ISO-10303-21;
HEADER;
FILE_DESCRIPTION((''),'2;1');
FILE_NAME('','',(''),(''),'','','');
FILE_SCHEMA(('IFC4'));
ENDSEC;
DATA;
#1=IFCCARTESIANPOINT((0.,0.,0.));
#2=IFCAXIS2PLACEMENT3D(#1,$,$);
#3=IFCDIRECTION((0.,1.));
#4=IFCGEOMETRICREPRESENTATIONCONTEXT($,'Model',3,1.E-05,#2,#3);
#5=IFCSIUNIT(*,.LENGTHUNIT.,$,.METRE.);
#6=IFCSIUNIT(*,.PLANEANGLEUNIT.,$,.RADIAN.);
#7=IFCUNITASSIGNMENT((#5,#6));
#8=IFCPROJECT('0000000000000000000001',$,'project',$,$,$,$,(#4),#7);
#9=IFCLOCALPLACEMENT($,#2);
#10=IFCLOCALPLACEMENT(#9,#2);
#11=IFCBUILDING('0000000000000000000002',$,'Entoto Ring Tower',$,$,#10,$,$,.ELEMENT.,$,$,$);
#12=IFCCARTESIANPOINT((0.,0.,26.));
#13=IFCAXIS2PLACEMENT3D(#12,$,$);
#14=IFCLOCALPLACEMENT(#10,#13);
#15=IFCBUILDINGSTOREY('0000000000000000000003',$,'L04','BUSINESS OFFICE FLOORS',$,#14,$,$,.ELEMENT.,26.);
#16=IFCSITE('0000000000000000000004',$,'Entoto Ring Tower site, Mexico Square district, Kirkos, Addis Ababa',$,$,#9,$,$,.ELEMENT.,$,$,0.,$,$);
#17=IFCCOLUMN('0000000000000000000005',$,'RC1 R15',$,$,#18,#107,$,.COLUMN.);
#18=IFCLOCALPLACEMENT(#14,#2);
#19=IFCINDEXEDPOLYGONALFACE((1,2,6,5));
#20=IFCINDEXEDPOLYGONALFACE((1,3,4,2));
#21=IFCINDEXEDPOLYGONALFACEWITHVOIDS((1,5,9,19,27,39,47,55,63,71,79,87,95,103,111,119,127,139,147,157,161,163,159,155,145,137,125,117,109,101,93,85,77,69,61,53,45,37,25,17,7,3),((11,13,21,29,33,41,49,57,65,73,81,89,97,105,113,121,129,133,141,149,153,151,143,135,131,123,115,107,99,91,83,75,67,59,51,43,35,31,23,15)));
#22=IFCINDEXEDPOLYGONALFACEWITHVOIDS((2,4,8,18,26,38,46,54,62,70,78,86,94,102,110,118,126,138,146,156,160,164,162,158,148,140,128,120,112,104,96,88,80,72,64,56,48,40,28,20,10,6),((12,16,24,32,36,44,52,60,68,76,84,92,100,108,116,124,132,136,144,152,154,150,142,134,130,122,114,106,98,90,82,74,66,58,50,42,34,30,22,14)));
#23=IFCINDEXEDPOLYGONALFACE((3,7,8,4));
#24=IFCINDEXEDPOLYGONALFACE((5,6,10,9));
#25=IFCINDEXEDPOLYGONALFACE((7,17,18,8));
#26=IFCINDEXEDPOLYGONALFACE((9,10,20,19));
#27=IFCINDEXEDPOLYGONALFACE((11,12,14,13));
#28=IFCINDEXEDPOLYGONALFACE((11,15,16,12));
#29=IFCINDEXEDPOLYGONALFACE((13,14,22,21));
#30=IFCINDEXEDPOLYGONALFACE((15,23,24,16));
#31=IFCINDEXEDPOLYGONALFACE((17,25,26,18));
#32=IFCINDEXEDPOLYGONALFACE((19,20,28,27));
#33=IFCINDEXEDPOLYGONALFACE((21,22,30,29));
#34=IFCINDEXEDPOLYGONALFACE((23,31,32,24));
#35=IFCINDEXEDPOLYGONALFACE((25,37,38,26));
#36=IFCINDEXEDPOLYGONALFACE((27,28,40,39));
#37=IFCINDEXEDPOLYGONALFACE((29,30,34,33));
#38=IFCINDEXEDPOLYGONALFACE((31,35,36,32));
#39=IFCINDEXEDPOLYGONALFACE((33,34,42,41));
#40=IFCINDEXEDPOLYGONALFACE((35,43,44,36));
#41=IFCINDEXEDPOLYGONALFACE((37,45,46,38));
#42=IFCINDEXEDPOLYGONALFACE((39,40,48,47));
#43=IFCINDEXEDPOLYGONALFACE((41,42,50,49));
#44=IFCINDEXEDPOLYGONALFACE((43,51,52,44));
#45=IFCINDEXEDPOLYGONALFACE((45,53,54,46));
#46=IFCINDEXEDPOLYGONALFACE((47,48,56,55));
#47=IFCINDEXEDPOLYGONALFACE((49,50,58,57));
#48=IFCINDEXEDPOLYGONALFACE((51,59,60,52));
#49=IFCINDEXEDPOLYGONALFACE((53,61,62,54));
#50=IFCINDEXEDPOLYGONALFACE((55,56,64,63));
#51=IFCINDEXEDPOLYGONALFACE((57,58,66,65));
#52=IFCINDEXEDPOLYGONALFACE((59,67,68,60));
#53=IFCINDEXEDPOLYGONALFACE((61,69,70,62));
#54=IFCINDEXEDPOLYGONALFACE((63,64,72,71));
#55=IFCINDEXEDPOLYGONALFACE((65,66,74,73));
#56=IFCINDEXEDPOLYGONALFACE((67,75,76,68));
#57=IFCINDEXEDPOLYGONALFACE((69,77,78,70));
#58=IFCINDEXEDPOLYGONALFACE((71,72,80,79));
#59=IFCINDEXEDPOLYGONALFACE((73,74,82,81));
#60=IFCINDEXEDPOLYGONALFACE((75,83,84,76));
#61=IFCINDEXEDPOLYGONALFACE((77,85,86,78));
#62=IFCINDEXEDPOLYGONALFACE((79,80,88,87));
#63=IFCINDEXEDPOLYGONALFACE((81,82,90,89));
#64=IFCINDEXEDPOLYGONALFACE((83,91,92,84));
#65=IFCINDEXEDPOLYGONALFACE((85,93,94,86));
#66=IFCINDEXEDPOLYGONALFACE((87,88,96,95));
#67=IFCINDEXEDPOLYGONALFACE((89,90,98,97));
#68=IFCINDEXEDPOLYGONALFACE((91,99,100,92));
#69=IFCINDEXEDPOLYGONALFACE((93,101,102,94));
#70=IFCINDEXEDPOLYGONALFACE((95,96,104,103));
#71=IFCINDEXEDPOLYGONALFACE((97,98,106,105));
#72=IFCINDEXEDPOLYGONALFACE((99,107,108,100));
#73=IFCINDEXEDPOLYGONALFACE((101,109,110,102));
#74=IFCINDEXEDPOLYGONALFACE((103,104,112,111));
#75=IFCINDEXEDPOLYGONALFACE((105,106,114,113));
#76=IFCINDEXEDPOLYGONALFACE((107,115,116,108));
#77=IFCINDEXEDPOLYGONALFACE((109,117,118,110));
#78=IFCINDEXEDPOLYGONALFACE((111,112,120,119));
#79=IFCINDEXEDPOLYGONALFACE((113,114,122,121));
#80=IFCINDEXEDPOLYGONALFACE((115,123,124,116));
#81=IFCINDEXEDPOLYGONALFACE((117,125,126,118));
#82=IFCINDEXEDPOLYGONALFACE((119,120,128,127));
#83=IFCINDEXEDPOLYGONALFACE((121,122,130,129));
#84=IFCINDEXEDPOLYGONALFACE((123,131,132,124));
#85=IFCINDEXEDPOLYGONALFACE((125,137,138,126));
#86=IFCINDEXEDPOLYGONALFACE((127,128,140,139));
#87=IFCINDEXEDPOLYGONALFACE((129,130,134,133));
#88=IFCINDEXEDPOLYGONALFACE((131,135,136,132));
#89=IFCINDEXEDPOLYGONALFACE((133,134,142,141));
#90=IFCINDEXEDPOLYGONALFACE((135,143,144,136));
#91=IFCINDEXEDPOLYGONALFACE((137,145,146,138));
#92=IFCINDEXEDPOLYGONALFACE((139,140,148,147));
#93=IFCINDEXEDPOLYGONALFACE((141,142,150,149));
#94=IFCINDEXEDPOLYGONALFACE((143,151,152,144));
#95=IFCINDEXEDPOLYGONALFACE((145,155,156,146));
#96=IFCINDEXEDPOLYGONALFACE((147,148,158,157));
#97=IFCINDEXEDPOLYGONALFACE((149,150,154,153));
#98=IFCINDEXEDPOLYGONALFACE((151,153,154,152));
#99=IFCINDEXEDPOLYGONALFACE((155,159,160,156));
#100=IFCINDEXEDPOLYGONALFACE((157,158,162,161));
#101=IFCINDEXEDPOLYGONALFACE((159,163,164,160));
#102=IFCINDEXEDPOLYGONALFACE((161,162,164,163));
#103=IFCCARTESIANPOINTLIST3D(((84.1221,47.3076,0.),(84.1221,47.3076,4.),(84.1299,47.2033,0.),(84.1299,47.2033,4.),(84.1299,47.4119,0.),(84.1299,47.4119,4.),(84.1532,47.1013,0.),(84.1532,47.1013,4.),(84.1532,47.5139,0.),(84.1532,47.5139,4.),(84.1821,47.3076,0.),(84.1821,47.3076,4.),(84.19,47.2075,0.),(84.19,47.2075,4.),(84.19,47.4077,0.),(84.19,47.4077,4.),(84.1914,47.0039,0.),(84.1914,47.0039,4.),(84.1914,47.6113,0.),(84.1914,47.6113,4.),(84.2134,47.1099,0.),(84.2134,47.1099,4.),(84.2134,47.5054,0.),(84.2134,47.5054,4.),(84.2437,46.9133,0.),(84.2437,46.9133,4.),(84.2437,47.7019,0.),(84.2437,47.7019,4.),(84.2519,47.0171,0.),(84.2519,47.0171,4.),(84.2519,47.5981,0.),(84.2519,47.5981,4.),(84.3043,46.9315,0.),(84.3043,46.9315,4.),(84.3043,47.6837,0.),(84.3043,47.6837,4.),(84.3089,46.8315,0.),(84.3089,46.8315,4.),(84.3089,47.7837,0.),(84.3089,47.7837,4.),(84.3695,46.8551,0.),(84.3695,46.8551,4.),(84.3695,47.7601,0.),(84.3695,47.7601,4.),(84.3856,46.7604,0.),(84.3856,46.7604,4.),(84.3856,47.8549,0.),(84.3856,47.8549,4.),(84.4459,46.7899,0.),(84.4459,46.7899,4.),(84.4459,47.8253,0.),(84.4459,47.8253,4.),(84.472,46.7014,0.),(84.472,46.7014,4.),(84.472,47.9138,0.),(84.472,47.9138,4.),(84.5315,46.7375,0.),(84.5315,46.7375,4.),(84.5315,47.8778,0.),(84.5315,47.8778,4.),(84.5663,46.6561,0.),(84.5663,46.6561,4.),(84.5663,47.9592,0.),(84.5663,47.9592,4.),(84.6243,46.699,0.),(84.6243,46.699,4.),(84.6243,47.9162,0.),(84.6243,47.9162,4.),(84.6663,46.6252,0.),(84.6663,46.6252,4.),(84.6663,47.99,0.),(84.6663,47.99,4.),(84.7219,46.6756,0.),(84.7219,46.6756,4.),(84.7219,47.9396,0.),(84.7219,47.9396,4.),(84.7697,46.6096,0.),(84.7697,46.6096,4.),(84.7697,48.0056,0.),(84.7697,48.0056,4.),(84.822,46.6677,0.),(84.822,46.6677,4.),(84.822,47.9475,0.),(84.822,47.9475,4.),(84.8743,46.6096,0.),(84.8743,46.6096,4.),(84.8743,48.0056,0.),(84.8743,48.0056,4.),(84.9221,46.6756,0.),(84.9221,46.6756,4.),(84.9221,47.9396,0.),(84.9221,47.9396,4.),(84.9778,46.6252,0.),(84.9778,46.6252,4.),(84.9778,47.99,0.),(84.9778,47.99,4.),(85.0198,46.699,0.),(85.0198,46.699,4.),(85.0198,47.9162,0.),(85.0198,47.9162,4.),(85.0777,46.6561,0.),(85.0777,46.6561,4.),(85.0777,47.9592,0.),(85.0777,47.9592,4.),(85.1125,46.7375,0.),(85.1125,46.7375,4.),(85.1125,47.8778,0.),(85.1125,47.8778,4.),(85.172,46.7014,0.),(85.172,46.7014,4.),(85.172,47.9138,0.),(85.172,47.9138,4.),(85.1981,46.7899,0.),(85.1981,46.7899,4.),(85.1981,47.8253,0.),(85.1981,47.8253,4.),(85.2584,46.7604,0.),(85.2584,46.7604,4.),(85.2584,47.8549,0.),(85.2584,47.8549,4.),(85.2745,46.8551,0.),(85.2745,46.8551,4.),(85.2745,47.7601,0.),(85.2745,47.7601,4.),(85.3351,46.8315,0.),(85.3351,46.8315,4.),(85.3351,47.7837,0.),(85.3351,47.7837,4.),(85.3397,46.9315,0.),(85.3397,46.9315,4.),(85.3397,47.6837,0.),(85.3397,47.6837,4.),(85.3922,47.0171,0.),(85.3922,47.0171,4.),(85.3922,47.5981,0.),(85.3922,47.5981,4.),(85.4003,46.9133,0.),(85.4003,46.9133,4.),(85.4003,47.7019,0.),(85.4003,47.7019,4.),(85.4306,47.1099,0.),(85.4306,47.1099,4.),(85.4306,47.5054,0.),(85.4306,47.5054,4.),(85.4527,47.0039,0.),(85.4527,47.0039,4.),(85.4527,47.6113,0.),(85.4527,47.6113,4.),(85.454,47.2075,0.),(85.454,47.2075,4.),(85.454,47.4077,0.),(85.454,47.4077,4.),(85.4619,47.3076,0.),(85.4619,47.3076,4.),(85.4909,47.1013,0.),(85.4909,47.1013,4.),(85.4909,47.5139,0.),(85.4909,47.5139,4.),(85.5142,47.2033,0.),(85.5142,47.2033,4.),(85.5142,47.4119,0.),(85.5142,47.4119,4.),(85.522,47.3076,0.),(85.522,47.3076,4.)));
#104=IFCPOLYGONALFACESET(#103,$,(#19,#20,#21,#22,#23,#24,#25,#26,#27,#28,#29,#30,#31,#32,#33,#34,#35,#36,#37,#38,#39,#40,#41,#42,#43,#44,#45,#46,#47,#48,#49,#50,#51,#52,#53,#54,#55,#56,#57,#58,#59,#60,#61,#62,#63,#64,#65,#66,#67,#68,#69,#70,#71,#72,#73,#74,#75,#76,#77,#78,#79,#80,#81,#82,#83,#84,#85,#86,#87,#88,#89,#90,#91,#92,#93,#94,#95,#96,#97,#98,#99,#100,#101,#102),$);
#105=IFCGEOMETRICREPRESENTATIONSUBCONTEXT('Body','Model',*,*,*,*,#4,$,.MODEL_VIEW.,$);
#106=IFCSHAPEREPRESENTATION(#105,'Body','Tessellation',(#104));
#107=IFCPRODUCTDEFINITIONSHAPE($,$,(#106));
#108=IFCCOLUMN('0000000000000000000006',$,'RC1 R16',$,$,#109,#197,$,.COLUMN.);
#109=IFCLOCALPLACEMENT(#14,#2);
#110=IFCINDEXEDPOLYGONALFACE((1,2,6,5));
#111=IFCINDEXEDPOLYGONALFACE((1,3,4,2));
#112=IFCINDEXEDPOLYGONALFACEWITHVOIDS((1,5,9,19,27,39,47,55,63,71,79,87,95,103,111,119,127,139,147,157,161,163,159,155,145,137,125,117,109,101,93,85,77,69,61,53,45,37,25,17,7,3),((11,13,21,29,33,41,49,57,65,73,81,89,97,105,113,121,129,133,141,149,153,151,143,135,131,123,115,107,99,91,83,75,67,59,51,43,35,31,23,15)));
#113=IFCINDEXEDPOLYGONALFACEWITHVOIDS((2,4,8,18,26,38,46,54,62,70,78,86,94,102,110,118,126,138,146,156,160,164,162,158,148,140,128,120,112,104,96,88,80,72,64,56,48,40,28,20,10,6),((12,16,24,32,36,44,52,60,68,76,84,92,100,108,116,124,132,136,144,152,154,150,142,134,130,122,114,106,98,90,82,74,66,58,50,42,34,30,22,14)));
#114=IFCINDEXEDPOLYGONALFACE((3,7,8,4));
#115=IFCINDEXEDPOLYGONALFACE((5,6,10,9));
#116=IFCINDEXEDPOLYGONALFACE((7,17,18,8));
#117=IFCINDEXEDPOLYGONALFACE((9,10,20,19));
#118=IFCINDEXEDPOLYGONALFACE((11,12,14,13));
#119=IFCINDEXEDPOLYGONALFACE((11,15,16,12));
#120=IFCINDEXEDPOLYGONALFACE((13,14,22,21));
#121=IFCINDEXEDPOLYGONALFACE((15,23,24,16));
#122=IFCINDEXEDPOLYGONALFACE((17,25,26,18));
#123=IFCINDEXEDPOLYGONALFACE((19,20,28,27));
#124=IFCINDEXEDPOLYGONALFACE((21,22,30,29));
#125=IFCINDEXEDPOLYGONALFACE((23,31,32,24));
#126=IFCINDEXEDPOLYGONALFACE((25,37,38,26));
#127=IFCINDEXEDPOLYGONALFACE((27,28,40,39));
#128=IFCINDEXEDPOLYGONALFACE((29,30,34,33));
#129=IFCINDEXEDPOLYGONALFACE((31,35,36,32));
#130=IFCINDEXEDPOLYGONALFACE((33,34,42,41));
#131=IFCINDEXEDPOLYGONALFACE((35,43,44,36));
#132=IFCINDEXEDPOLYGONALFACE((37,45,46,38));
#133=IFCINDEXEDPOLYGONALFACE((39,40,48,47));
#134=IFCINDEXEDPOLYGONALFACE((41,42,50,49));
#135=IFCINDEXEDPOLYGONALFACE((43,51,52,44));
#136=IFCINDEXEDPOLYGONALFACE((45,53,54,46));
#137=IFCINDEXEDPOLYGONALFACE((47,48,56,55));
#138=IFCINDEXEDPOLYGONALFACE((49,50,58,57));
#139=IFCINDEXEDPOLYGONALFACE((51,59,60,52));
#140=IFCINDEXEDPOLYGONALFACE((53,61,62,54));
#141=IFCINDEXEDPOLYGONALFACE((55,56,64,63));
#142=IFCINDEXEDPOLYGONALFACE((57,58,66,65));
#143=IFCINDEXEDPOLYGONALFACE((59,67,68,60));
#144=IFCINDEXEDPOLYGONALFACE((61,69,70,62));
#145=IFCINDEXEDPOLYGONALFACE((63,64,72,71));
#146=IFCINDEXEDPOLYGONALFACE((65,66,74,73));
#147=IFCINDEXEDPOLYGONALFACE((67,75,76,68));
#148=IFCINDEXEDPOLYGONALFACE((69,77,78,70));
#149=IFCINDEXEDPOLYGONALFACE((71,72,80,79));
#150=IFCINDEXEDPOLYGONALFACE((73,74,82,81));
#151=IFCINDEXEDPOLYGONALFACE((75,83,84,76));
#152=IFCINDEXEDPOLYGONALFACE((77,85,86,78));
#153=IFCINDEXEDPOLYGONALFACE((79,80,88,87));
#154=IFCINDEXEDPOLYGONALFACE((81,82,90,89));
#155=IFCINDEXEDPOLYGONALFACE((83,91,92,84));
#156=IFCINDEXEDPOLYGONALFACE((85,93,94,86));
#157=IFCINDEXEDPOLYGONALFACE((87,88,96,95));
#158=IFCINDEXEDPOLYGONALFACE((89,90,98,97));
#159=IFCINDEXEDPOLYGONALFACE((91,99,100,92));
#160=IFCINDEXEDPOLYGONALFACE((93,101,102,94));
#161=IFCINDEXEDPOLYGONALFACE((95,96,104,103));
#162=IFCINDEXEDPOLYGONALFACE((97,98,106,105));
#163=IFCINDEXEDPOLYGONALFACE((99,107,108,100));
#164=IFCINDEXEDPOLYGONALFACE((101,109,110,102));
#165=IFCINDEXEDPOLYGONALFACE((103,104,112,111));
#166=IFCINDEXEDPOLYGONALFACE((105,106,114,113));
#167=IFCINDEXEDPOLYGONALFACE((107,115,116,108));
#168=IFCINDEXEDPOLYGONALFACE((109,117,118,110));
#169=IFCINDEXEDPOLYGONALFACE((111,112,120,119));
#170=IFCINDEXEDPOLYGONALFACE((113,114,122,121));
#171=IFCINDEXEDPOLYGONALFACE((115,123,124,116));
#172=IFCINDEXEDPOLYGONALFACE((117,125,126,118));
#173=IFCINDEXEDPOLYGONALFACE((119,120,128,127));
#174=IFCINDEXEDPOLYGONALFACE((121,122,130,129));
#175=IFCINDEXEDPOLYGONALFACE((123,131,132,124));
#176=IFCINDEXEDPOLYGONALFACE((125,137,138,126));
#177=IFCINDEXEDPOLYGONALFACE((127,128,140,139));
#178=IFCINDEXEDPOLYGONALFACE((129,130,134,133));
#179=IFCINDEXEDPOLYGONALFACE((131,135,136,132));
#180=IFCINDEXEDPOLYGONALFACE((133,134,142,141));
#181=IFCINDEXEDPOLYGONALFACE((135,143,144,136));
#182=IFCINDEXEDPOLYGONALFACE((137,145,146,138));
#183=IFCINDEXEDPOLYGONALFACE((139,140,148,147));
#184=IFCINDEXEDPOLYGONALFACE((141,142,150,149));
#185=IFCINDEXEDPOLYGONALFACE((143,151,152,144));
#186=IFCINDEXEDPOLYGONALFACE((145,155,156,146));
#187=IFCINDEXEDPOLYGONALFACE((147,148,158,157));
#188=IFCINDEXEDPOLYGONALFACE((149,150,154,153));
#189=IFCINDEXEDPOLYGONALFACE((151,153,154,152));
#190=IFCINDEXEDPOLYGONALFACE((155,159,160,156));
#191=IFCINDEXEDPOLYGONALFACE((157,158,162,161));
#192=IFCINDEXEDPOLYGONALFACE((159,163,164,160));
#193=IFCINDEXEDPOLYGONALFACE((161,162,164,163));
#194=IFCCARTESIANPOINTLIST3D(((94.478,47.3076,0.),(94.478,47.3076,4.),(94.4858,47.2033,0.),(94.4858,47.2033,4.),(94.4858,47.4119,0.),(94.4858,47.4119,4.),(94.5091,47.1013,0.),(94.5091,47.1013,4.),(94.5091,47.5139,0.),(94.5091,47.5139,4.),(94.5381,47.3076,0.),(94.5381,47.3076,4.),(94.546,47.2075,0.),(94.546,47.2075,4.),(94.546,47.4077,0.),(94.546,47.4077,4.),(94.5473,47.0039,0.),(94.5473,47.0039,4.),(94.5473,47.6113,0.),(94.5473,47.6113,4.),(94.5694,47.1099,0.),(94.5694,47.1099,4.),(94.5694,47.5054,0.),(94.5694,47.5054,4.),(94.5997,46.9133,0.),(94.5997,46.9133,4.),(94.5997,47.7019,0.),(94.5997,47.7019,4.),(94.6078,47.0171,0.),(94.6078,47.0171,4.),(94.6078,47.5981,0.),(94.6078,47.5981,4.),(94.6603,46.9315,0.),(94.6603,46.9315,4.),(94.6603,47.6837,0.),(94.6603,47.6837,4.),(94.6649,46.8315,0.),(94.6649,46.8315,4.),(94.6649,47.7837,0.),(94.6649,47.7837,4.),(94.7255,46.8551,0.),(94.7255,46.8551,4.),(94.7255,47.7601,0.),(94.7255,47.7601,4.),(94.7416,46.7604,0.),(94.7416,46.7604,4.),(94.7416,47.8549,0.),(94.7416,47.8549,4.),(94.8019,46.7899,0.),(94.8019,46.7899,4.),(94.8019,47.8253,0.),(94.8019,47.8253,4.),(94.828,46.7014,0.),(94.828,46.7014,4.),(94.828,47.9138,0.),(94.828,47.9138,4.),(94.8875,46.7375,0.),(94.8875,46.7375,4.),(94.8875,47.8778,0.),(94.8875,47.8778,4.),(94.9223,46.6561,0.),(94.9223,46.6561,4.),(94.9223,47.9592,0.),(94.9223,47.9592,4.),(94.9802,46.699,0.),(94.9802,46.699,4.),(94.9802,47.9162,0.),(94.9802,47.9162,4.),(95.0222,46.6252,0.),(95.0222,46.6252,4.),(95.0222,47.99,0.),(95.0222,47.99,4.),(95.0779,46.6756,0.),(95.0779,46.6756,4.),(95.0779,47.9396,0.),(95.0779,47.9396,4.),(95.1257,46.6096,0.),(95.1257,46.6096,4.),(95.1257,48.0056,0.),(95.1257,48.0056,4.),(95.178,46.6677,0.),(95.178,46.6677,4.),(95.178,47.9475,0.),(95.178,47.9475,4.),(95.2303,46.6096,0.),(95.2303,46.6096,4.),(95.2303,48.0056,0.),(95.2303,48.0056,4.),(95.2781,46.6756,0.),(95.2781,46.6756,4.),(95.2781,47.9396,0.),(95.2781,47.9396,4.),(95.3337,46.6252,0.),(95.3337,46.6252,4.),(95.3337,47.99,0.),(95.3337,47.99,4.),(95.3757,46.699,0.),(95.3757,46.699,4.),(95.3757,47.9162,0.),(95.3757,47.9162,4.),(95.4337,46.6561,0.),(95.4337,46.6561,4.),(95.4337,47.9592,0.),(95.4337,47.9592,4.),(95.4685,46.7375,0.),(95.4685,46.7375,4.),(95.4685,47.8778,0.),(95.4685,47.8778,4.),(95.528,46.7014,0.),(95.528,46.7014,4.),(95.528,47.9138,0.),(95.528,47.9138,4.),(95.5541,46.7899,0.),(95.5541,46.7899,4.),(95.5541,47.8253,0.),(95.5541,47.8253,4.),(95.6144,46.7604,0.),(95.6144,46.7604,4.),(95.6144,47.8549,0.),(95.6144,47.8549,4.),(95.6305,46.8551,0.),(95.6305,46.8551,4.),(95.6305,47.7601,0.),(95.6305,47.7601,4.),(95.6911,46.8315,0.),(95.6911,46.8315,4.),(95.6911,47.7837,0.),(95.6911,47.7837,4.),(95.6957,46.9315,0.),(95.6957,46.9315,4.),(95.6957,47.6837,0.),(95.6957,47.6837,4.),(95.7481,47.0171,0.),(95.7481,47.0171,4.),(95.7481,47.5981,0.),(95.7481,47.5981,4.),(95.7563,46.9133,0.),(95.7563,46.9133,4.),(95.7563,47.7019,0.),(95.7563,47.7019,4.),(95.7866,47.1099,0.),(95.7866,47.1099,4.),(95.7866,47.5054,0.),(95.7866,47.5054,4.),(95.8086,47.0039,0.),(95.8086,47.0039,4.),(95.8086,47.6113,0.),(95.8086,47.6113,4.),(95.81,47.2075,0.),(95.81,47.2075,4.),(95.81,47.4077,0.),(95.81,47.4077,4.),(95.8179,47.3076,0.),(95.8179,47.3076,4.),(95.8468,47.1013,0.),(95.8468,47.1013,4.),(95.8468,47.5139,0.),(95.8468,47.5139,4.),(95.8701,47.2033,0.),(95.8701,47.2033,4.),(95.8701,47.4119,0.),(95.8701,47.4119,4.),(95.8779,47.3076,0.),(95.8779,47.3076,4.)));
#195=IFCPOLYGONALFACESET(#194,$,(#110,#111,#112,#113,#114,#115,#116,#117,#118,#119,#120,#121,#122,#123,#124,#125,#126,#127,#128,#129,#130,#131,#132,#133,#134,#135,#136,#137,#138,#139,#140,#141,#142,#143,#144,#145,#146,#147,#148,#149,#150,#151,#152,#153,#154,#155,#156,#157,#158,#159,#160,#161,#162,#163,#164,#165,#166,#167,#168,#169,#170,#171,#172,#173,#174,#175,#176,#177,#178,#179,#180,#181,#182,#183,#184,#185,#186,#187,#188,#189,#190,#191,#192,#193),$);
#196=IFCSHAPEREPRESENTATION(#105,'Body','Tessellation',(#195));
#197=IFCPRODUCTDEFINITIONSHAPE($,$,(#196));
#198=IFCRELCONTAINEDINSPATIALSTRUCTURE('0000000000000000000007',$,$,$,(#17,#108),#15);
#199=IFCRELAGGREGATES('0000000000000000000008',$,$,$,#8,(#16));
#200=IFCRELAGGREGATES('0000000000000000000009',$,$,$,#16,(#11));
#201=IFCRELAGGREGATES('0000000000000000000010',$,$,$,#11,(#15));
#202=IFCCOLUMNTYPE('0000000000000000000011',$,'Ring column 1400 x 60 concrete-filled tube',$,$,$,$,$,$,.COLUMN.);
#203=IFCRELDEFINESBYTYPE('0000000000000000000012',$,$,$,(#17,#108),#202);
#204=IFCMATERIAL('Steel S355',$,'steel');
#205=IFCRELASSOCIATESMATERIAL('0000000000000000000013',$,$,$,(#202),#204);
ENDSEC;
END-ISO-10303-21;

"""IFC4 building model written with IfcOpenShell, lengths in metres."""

from ifc_helpers import new_model, si_unit, direction, frame, origin, origin_2d, place, context, subcontext, project, spatial, circle, hollow_circle, extrude, material, material_profile, profile_set, type_object, element, save


model = new_model("IFC4")

# Units and contexts
model_context = context("Model", 3, precision=1e-05, world=origin(), true_north=direction((0.0, 1.0)))
body_context = subcontext(model_context, "Body", "Model", "MODEL_VIEW")
ifc_project = project(units=[si_unit("LENGTHUNIT", "METRE"), si_unit("PLANEANGLEUNIT", "RADIAN")], contexts=[model_context])

# Site, building, storey
site_placement = place(None, origin())
site = spatial("IfcSite", under=ifc_project, at=site_placement, Name="Entoto Ring Tower site, Mexico Square district, Kirkos, Addis Ababa", CompositionType="ELEMENT", RefElevation=0.0)
building_placement = place(site_placement, origin())
building = spatial("IfcBuilding", under=site, at=building_placement, Name="Entoto Ring Tower", CompositionType="ELEMENT")
storey_placement = place(building_placement, frame((0.0, 0.0, 26.0)))
storey = spatial("IfcBuildingStorey", under=building, at=storey_placement, Name="L04", Description="BUSINESS OFFICE FLOORS", CompositionType="ELEMENT", Elevation=26.0)

# Columns
ifc_material_1 = material(Name="Steel S355", Category="steel")
ifc_material_profile_1 = material_profile(ifc_material_1, hollow_circle(Radius=0.7, WallThickness=0.0601, at=origin_2d()), Name="CHS 1400 x 60")
ifc_material_2 = material(Name="Concrete C60/75", Category="concrete")
ifc_material_profile_2 = material_profile(ifc_material_2, circle(Radius=0.6399, at=origin_2d()), Name="Concrete C60/75 infill")
ifc_profile_set_1 = profile_set([ifc_material_profile_1, ifc_material_profile_2], Name="Steel S355")
column_type = type_object("IfcColumnType", Name="Ring column 1400 x 60 concrete-filled tube", PredefinedType="COLUMN", material=ifc_profile_set_1)
for number, where, z_axis, x_axis, name in (
    (1, (84.822, 47.3076, 0.0), (0.0, 0.0, 1.0), (1.0, 0.0, 0.0), "RC1 R15"),
    (2, (95.178, 47.3076, 0.0), (0.0, 0.0, 1.0), (1.0, 0.0, 0.0), "RC1 R16"),
):
    element("IfcColumn", number, at=place(storey_placement, frame(where, z_axis=z_axis, x_axis=x_axis)), inside=storey, type_object=column_type, Name=name, PredefinedType="COLUMN", context=body_context, shape_type="SweptSolid", body=[
        extrude(hollow_circle(Radius=0.7, WallThickness=0.0601, at=origin_2d()), origin(), (0.0, 0.0, 1.0), 4.0),
    ])

save(model, "model.ifc")
